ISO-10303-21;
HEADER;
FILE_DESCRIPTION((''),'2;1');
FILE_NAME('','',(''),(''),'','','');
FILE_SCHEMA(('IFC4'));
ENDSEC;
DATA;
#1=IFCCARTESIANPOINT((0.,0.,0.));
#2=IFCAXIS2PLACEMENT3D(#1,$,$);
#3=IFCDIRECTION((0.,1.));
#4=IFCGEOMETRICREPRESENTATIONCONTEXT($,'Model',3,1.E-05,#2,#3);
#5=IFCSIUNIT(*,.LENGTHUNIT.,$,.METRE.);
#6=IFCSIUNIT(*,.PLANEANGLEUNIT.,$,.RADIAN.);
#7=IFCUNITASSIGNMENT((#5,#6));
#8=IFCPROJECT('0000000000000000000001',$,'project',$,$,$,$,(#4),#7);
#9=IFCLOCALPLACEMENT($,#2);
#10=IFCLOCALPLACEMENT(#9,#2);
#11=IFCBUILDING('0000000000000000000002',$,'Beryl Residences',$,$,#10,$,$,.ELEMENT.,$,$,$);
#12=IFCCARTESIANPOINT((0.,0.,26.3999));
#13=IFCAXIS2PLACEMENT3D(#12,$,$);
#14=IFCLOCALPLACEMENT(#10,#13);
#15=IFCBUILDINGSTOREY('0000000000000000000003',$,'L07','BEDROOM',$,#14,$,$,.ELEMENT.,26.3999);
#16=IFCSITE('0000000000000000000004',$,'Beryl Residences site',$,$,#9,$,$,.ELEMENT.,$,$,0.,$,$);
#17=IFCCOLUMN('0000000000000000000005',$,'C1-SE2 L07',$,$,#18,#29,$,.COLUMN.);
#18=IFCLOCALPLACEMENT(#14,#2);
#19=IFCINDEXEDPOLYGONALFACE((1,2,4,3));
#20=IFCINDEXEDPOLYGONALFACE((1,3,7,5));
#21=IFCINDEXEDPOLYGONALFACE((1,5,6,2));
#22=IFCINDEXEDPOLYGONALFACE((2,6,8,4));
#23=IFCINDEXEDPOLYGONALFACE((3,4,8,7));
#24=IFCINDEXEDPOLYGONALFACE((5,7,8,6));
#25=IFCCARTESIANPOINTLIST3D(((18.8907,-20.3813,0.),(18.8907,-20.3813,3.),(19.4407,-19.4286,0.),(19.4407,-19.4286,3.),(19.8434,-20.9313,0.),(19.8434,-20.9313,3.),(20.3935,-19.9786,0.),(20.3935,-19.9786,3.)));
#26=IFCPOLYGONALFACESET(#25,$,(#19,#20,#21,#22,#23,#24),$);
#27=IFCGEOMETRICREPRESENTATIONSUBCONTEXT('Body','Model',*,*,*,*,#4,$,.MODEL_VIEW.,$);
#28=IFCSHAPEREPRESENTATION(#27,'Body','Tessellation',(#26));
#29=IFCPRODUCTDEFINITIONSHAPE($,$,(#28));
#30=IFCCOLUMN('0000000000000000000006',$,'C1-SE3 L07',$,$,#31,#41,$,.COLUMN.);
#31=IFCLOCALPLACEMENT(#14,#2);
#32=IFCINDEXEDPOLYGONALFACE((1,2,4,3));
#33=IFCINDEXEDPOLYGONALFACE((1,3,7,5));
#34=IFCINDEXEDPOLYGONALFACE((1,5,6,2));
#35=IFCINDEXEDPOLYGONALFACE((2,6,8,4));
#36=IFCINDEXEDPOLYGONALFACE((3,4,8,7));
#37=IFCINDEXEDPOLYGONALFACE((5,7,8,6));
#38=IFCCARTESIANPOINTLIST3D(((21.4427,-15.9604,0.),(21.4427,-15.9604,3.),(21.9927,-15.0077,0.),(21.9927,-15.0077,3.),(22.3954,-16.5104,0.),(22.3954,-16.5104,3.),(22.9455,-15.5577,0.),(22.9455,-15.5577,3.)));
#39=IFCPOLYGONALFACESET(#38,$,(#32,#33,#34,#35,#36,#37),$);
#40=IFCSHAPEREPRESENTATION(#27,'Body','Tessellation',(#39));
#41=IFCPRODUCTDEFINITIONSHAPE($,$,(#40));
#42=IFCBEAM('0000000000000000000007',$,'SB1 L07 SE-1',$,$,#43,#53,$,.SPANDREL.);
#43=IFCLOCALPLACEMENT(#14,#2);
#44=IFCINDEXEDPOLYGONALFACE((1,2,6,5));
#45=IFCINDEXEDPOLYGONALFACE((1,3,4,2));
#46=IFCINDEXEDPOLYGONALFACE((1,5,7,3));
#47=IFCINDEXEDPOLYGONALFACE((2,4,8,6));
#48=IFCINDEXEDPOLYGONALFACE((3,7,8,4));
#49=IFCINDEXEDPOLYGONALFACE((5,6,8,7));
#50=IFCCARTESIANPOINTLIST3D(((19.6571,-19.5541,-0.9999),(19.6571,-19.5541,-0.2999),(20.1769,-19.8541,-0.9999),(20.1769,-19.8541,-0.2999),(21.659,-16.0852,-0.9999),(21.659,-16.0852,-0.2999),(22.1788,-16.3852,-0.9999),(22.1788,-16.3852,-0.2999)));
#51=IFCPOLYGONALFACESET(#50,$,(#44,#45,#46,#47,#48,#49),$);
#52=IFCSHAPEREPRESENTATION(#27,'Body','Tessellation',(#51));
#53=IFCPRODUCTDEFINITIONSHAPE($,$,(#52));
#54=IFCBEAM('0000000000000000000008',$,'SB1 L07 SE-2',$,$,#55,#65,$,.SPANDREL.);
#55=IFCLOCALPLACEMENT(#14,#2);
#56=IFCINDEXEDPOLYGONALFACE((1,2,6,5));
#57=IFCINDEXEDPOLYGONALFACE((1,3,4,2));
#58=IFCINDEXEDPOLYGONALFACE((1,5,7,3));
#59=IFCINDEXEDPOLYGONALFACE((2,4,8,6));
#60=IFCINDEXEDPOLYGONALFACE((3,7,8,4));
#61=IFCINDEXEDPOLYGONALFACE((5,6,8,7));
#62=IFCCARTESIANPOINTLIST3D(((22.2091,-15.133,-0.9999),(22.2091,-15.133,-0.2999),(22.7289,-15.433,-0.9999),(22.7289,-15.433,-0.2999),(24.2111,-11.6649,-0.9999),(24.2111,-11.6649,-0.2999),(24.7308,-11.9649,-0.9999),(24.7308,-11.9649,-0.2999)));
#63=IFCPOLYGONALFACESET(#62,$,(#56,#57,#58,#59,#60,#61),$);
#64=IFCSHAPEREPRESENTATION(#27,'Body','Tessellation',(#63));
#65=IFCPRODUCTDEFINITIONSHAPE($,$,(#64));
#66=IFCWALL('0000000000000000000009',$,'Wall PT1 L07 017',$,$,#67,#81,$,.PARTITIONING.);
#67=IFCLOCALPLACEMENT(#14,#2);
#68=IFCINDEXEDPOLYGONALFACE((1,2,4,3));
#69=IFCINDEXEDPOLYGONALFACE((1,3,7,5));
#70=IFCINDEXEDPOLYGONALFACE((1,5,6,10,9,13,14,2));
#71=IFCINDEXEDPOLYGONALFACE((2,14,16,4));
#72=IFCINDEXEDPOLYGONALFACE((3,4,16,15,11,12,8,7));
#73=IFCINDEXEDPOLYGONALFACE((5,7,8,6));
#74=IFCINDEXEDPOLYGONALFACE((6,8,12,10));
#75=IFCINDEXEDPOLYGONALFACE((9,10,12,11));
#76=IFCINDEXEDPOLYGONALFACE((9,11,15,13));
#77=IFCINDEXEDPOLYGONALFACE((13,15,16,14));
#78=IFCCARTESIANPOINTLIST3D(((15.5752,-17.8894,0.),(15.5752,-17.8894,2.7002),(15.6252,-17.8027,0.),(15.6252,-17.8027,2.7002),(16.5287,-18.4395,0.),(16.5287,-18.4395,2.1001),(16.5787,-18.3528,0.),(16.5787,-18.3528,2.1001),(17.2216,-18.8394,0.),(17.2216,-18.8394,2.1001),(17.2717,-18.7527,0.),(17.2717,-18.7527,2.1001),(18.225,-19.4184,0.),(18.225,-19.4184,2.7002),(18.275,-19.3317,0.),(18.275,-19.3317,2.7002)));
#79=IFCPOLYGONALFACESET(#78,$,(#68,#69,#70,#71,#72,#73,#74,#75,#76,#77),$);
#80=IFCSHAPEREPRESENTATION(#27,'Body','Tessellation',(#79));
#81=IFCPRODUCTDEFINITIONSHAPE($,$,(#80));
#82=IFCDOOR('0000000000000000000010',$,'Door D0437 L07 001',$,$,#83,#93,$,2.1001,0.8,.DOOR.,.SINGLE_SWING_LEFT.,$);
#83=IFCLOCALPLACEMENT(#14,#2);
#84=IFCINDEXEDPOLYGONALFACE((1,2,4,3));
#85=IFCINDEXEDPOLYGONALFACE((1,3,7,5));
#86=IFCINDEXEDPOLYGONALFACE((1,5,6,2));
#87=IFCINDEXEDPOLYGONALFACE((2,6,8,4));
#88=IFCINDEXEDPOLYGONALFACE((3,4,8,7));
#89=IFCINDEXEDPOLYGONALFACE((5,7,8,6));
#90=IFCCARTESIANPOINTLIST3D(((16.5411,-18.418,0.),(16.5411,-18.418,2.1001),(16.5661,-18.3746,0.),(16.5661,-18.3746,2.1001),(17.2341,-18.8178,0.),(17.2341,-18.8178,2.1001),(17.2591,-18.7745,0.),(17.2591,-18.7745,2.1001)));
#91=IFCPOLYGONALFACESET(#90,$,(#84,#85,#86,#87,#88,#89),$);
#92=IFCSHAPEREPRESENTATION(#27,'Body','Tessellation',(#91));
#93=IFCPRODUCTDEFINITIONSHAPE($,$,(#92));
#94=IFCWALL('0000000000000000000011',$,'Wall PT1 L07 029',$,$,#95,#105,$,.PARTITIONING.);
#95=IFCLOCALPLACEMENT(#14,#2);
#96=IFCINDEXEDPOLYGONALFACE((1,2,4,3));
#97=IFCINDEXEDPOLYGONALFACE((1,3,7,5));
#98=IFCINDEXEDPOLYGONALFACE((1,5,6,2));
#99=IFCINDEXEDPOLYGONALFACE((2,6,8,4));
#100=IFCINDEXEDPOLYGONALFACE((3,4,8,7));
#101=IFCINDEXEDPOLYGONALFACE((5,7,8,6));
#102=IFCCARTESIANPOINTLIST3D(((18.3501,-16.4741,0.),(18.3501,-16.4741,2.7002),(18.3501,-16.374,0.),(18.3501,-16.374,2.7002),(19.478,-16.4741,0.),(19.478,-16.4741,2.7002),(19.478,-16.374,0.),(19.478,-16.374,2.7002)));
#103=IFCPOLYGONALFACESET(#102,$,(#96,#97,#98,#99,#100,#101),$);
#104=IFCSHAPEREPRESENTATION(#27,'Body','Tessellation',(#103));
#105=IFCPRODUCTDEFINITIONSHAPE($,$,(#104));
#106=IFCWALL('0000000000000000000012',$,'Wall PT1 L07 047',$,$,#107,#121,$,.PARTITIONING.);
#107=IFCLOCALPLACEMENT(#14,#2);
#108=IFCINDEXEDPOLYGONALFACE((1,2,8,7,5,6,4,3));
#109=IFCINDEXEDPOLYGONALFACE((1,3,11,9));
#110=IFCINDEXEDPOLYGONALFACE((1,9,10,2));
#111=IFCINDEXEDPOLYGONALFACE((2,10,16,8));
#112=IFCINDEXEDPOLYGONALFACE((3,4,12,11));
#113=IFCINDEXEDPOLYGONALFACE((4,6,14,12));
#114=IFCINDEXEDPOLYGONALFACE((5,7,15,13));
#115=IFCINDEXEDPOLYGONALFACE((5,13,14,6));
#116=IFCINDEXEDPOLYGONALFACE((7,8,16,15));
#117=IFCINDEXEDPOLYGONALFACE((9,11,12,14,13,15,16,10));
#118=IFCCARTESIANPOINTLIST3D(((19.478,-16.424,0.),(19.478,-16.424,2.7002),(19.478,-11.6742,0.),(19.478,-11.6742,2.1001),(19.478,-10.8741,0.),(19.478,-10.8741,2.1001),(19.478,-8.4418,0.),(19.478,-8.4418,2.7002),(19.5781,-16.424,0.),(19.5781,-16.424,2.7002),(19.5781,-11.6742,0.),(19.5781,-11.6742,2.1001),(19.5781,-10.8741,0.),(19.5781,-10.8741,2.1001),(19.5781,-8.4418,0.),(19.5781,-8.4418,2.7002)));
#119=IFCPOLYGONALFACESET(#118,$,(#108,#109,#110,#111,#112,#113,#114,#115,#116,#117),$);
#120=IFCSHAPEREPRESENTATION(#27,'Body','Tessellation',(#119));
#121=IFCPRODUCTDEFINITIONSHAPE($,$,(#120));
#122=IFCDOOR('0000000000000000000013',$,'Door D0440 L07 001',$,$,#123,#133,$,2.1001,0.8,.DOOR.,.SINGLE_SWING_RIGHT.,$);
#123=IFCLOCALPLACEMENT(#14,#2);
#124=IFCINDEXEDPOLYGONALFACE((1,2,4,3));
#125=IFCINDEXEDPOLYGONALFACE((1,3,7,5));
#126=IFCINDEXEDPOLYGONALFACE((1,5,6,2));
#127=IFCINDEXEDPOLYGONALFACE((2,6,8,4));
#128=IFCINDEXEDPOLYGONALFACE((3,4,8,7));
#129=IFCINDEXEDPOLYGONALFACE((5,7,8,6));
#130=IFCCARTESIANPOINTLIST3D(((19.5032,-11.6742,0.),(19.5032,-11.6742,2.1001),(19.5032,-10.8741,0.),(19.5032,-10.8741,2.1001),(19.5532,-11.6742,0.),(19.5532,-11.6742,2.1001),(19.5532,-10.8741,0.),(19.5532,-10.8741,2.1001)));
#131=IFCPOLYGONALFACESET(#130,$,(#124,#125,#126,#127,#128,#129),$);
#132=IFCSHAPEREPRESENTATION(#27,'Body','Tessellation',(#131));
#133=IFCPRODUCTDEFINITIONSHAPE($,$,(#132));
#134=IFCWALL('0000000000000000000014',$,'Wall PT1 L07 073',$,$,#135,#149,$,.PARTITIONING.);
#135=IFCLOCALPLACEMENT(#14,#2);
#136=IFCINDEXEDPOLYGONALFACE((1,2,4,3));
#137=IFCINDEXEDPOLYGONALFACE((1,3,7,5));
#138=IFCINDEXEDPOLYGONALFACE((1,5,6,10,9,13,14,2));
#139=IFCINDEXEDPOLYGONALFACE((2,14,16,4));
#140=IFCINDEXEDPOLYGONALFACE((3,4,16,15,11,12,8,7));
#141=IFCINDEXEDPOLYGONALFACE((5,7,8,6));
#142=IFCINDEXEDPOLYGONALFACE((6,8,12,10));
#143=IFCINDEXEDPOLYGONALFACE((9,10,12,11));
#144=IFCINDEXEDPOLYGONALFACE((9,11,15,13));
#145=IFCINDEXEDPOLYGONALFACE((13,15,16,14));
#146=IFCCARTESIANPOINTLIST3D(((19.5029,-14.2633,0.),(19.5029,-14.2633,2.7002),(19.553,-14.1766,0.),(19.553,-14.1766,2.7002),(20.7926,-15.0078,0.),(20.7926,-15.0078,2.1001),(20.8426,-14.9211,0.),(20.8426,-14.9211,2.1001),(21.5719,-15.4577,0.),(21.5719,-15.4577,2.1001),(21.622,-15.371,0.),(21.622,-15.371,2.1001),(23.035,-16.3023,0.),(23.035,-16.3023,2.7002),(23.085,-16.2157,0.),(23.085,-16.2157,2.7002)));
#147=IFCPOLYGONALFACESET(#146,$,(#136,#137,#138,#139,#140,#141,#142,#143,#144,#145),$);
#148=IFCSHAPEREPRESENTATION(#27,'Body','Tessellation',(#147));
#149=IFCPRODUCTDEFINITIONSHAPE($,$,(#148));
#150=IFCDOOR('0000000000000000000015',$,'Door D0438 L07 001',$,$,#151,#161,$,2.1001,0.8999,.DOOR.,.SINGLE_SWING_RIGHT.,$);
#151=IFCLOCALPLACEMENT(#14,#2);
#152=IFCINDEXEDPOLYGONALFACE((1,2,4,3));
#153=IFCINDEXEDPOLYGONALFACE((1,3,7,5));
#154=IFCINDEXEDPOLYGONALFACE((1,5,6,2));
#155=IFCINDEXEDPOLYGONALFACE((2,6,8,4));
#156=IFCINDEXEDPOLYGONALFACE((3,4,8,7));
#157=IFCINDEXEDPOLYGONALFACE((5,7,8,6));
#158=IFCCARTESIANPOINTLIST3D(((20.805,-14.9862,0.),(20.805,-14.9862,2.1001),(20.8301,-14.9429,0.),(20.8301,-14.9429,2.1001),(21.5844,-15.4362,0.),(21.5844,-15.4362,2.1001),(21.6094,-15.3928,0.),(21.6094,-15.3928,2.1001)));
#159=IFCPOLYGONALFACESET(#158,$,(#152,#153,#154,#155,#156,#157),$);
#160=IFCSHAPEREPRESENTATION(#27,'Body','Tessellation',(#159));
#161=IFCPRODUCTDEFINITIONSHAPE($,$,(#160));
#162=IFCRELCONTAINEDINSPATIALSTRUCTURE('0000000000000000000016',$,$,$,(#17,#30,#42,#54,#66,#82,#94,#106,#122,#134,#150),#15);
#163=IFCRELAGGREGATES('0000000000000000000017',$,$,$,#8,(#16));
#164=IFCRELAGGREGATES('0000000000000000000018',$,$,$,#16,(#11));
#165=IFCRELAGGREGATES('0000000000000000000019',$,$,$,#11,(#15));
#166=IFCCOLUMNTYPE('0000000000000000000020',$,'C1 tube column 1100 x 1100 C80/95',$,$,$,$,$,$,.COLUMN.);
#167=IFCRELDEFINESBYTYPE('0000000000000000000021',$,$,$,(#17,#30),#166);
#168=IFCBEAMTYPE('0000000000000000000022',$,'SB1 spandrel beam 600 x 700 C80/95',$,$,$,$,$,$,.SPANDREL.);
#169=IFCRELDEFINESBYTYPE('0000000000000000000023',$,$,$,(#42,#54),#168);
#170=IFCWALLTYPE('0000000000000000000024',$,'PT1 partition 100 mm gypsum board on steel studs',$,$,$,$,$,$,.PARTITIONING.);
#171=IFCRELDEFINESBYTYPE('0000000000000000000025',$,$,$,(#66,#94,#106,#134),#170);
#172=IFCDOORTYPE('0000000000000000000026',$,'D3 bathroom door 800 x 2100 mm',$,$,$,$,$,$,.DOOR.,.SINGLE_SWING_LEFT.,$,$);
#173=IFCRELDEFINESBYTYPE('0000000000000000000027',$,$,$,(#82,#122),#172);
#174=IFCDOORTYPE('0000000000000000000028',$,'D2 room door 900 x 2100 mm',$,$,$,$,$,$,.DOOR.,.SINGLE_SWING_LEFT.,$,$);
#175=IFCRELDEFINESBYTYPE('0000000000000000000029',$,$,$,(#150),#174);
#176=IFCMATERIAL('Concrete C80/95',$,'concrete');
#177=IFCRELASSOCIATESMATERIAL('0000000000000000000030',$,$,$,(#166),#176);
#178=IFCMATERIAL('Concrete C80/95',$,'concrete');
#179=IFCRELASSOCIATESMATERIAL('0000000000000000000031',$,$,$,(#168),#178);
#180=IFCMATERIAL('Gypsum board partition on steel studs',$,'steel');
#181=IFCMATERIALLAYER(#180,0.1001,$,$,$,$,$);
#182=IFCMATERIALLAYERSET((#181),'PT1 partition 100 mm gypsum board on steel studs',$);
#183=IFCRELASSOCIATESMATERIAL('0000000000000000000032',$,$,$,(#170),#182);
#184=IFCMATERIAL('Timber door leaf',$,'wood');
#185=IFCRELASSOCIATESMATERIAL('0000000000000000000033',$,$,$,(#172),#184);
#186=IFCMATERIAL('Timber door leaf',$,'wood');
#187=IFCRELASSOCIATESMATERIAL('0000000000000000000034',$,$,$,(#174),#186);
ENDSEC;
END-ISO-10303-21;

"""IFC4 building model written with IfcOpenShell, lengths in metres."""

from ifc_helpers import new_model, si_unit, direction, frame, frame_2d, origin, origin_2d, place, context, subcontext, project, spatial, rectangle, extrude, material, layer, layer_set, material_profile, profile_set, type_object, element, fill, save


model = new_model("IFC4")

# Units and contexts
model_context = context("Model", 3, precision=1e-05, world=origin(), true_north=direction((0.0, 1.0)))
body_context = subcontext(model_context, "Body", "Model", "MODEL_VIEW")
ifc_project = project(units=[si_unit("LENGTHUNIT", "METRE"), si_unit("PLANEANGLEUNIT", "RADIAN")], contexts=[model_context])

# Site, building, storey
site_placement = place(None, origin())
site = spatial("IfcSite", under=ifc_project, at=site_placement, Name="Beryl Residences site", CompositionType="ELEMENT", RefElevation=0.0)
building_placement = place(site_placement, origin())
building = spatial("IfcBuilding", under=site, at=building_placement, Name="Beryl Residences", CompositionType="ELEMENT")
storey_placement = place(building_placement, frame((0.0, 0.0, 26.3999)))
storey = spatial("IfcBuildingStorey", under=building, at=storey_placement, Name="L07", Description="BEDROOM", CompositionType="ELEMENT", Elevation=26.3999)

# Columns
ifc_material_1 = material(Name="Concrete C80/95", Category="concrete")
ifc_material_profile_1 = material_profile(ifc_material_1, rectangle(XDim=1.1001, YDim=1.1001, at=origin_2d()))
ifc_profile_set_1 = profile_set([ifc_material_profile_1], Name="Concrete C80/95")
column_type = type_object("IfcColumnType", Name="C1 tube column 1100 x 1100 C80/95", PredefinedType="COLUMN", material=ifc_profile_set_1)
for number, where, z_axis, x_axis, name in (
    (1, (19.6421, -20.1799, 0.0), (0.0, 0.0, 1.0), (0.499985, 0.866034, 0.0), "C1-SE2 L07"),
    (2, (22.1941, -15.759, 0.0), (0.0, 0.0, 1.0), (0.499985, 0.866034, 0.0), "C1-SE3 L07"),
):
    element("IfcColumn", number, at=place(storey_placement, frame(where, z_axis=z_axis, x_axis=x_axis)), inside=storey, type_object=column_type, Name=name, PredefinedType="COLUMN", context=body_context, shape_type="SweptSolid", body=[
        extrude(rectangle(XDim=1.1001, YDim=1.1001, at=origin_2d()), origin(), (0.0, 0.0, 1.0), 3.0),
    ])

# Beams
ifc_material_2 = material(Name="Concrete C80/95", Category="concrete")
ifc_material_profile_2 = material_profile(ifc_material_2, rectangle(XDim=0.6001, YDim=0.7, at=origin_2d()))
ifc_profile_set_2 = profile_set([ifc_material_profile_2], Name="Concrete C80/95")
beam_type = type_object("IfcBeamType", Name="SB1 spandrel beam 600 x 700 C80/95", PredefinedType="SPANDREL", material=ifc_profile_set_2)
beam_1_placement = place(storey_placement, frame((19.917, -19.7041, -0.6499), z_axis=(0.499837, 0.86612, 0.0), x_axis=(-0.86612, 0.499837, 0.0)))
element("IfcBeam", 3, at=beam_1_placement, inside=storey, type_object=beam_type, Name="SB1 L07 SE-1", PredefinedType="SPANDREL", context=body_context, shape_type="SweptSolid", body=[
    extrude(rectangle(XDim=0.6001, YDim=0.7, at=origin_2d()), origin(), (0.0, 0.0, 1.0), 4.0051),
])
beam_2_placement = place(storey_placement, frame((22.469, -15.283, -0.6499), z_axis=(0.499942, 0.866059, 0.0), x_axis=(-0.866059, 0.499942, 0.0)))
element("IfcBeam", 4, at=beam_2_placement, inside=storey, type_object=beam_type, Name="SB1 L07 SE-2", PredefinedType="SPANDREL", context=body_context, shape_type="SweptSolid", body=[
    extrude(rectangle(XDim=0.6001, YDim=0.7, at=origin_2d()), origin(), (0.0, 0.0, 1.0), 4.0044),
])

# Wall, opening, door
ifc_material_3 = material(Name="Gypsum board partition on steel studs", Category="steel")
ifc_layer = layer(ifc_material_3, 0.1001)
ifc_layer_set = layer_set([ifc_layer], Name="PT1 partition 100 mm gypsum board on steel studs")
wall_type = type_object("IfcWallType", Name="PT1 partition 100 mm gypsum board on steel studs", PredefinedType="PARTITIONING", material=ifc_layer_set)
wall_1_placement = place(storey_placement, frame((15.6001, -17.8459, 0.0), z_axis=(0.0, 0.0, 1.0), x_axis=(0.866148, -0.499787, 0.0)))
wall_1 = element("IfcWall", 5, at=wall_1_placement, inside=storey, type_object=wall_type, Name="Wall PT1 L07 017", PredefinedType="PARTITIONING", context=body_context, shape_type="SweptSolid", body=[
    extrude(rectangle(XDim=3.0593, YDim=0.1001, at=frame_2d((1.5298, 0.0))), origin(), (0.0, 0.0, 1.0), 2.7002),
])
opening_1_placement = place(wall_1_placement, frame((1.1011, 0.0, 0.0)))
opening_1 = element("IfcOpeningElement", 6, at=opening_1_placement, cuts=wall_1, PredefinedType="OPENING", context=body_context, shape_type="SweptSolid", body=[
    extrude(rectangle(XDim=0.8, YDim=2.1001, at=frame_2d((0.3999, 1.05))), frame((0.0, 0.0601, 0.0), z_axis=(0.0, -1.0, 0.0), x_axis=(1.0, 0.0, 0.0)), (0.0, 0.0, 1.0), 0.1201),
])
ifc_material_4 = material(Name="Timber door leaf", Category="wood")
door_type_1 = type_object("IfcDoorType", Name="D3 bathroom door 800 x 2100 mm", OperationType="SINGLE_SWING_LEFT", PredefinedType="DOOR", material=ifc_material_4)
door_1_placement = place(opening_1_placement, origin())
door_1 = element("IfcDoor", 7, at=door_1_placement, inside=storey, type_object=door_type_1, Name="Door D0437 L07 001", OperationType="SINGLE_SWING_LEFT", OverallHeight=2.1001, OverallWidth=0.8, PredefinedType="DOOR", context=body_context, shape_type="SweptSolid", body=[
    extrude(rectangle(XDim=0.8, YDim=2.1001, at=frame_2d((0.3999, 1.05))), frame((0.0, 0.0249, 0.0), z_axis=(0.0, -1.0, 0.0), x_axis=(1.0, 0.0, 0.0)), (0.0, 0.0, 1.0), 0.05),
])
fill(opening_1, door_1)

# Wall
wall_2_placement = place(storey_placement, frame((18.3501, -16.4241, 0.0), z_axis=(0.0, 0.0, 1.0), x_axis=(1.0, 0.0, 0.0)))
element("IfcWall", 8, at=wall_2_placement, inside=storey, type_object=wall_type, Name="Wall PT1 L07 029", PredefinedType="PARTITIONING", context=body_context, shape_type="SweptSolid", body=[
    extrude(rectangle(XDim=1.1279, YDim=0.1001, at=frame_2d((0.564, 0.0))), origin(), (0.0, 0.0, 1.0), 2.7002),
])

# Walls, openings, doors
wall_3_placement = place(storey_placement, frame((19.5281, -16.4241, 0.0), z_axis=(0.0, 0.0, 1.0), x_axis=(0.0, 1.0, 0.0)))
wall_3 = element("IfcWall", 9, at=wall_3_placement, inside=storey, type_object=wall_type, Name="Wall PT1 L07 047", PredefinedType="PARTITIONING", context=body_context, shape_type="SweptSolid", body=[
    extrude(rectangle(XDim=7.9822, YDim=0.1001, at=frame_2d((3.9912, 0.0))), origin(), (0.0, 0.0, 1.0), 2.7002),
])
opening_2_placement = place(wall_3_placement, frame((4.75, 0.0, 0.0)))
opening_2 = element("IfcOpeningElement", 10, at=opening_2_placement, cuts=wall_3, PredefinedType="OPENING", context=body_context, shape_type="SweptSolid", body=[
    extrude(rectangle(XDim=0.8, YDim=2.1001, at=frame_2d((0.3999, 1.05))), frame((0.0, 0.0601, 0.0), z_axis=(0.0, -1.0, 0.0), x_axis=(1.0, 0.0, 0.0)), (0.0, 0.0, 1.0), 0.1201),
])
door_2_placement = place(opening_2_placement, origin())
door_2 = element("IfcDoor", 11, at=door_2_placement, inside=storey, type_object=door_type_1, Name="Door D0440 L07 001", OperationType="SINGLE_SWING_RIGHT", OverallHeight=2.1001, OverallWidth=0.8, PredefinedType="DOOR", context=body_context, shape_type="SweptSolid", body=[
    extrude(rectangle(XDim=0.8, YDim=2.1001, at=frame_2d((0.3999, 1.05))), frame((0.0, 0.0249, 0.0), z_axis=(0.0, -1.0, 0.0), x_axis=(1.0, 0.0, 0.0)), (0.0, 0.0, 1.0), 0.05),
])
fill(opening_2, door_2)
wall_4_placement = place(storey_placement, frame((19.5281, -14.22, 0.0), z_axis=(0.0, 0.0, 1.0), x_axis=(0.866039, -0.499976, 0.0)))
wall_4 = element("IfcWall", 12, at=wall_4_placement, inside=storey, type_object=wall_type, Name="Wall PT1 L07 073", PredefinedType="PARTITIONING", context=body_context, shape_type="SweptSolid", body=[
    extrude(rectangle(XDim=4.0784, YDim=0.1001, at=frame_2d((2.0391, 0.0))), origin(), (0.0, 0.0, 1.0), 2.7002),
])
opening_3_placement = place(wall_4_placement, frame((1.489, 0.0, 0.0)))
opening_3 = element("IfcOpeningElement", 13, at=opening_3_placement, cuts=wall_4, PredefinedType="OPENING", context=body_context, shape_type="SweptSolid", body=[
    extrude(rectangle(XDim=0.8999, YDim=2.1001, at=frame_2d((0.45, 1.05))), frame((0.0, 0.0601, 0.0), z_axis=(0.0, -1.0, 0.0), x_axis=(1.0, 0.0, 0.0)), (0.0, 0.0, 1.0), 0.1201),
])
ifc_material_5 = material(Name="Timber door leaf", Category="wood")
door_type_2 = type_object("IfcDoorType", Name="D2 room door 900 x 2100 mm", OperationType="SINGLE_SWING_LEFT", PredefinedType="DOOR", material=ifc_material_5)
door_3_placement = place(opening_3_placement, origin())
door_3 = element("IfcDoor", 14, at=door_3_placement, inside=storey, type_object=door_type_2, Name="Door D0438 L07 001", OperationType="SINGLE_SWING_RIGHT", OverallHeight=2.1001, OverallWidth=0.8999, PredefinedType="DOOR", context=body_context, shape_type="SweptSolid", body=[
    extrude(rectangle(XDim=0.8999, YDim=2.1001, at=frame_2d((0.45, 1.05))), frame((0.0, 0.0249, 0.0), z_axis=(0.0, -1.0, 0.0), x_axis=(1.0, 0.0, 0.0)), (0.0, 0.0, 1.0), 0.05),
])
fill(opening_3, door_3)

save(model, "model.ifc")
